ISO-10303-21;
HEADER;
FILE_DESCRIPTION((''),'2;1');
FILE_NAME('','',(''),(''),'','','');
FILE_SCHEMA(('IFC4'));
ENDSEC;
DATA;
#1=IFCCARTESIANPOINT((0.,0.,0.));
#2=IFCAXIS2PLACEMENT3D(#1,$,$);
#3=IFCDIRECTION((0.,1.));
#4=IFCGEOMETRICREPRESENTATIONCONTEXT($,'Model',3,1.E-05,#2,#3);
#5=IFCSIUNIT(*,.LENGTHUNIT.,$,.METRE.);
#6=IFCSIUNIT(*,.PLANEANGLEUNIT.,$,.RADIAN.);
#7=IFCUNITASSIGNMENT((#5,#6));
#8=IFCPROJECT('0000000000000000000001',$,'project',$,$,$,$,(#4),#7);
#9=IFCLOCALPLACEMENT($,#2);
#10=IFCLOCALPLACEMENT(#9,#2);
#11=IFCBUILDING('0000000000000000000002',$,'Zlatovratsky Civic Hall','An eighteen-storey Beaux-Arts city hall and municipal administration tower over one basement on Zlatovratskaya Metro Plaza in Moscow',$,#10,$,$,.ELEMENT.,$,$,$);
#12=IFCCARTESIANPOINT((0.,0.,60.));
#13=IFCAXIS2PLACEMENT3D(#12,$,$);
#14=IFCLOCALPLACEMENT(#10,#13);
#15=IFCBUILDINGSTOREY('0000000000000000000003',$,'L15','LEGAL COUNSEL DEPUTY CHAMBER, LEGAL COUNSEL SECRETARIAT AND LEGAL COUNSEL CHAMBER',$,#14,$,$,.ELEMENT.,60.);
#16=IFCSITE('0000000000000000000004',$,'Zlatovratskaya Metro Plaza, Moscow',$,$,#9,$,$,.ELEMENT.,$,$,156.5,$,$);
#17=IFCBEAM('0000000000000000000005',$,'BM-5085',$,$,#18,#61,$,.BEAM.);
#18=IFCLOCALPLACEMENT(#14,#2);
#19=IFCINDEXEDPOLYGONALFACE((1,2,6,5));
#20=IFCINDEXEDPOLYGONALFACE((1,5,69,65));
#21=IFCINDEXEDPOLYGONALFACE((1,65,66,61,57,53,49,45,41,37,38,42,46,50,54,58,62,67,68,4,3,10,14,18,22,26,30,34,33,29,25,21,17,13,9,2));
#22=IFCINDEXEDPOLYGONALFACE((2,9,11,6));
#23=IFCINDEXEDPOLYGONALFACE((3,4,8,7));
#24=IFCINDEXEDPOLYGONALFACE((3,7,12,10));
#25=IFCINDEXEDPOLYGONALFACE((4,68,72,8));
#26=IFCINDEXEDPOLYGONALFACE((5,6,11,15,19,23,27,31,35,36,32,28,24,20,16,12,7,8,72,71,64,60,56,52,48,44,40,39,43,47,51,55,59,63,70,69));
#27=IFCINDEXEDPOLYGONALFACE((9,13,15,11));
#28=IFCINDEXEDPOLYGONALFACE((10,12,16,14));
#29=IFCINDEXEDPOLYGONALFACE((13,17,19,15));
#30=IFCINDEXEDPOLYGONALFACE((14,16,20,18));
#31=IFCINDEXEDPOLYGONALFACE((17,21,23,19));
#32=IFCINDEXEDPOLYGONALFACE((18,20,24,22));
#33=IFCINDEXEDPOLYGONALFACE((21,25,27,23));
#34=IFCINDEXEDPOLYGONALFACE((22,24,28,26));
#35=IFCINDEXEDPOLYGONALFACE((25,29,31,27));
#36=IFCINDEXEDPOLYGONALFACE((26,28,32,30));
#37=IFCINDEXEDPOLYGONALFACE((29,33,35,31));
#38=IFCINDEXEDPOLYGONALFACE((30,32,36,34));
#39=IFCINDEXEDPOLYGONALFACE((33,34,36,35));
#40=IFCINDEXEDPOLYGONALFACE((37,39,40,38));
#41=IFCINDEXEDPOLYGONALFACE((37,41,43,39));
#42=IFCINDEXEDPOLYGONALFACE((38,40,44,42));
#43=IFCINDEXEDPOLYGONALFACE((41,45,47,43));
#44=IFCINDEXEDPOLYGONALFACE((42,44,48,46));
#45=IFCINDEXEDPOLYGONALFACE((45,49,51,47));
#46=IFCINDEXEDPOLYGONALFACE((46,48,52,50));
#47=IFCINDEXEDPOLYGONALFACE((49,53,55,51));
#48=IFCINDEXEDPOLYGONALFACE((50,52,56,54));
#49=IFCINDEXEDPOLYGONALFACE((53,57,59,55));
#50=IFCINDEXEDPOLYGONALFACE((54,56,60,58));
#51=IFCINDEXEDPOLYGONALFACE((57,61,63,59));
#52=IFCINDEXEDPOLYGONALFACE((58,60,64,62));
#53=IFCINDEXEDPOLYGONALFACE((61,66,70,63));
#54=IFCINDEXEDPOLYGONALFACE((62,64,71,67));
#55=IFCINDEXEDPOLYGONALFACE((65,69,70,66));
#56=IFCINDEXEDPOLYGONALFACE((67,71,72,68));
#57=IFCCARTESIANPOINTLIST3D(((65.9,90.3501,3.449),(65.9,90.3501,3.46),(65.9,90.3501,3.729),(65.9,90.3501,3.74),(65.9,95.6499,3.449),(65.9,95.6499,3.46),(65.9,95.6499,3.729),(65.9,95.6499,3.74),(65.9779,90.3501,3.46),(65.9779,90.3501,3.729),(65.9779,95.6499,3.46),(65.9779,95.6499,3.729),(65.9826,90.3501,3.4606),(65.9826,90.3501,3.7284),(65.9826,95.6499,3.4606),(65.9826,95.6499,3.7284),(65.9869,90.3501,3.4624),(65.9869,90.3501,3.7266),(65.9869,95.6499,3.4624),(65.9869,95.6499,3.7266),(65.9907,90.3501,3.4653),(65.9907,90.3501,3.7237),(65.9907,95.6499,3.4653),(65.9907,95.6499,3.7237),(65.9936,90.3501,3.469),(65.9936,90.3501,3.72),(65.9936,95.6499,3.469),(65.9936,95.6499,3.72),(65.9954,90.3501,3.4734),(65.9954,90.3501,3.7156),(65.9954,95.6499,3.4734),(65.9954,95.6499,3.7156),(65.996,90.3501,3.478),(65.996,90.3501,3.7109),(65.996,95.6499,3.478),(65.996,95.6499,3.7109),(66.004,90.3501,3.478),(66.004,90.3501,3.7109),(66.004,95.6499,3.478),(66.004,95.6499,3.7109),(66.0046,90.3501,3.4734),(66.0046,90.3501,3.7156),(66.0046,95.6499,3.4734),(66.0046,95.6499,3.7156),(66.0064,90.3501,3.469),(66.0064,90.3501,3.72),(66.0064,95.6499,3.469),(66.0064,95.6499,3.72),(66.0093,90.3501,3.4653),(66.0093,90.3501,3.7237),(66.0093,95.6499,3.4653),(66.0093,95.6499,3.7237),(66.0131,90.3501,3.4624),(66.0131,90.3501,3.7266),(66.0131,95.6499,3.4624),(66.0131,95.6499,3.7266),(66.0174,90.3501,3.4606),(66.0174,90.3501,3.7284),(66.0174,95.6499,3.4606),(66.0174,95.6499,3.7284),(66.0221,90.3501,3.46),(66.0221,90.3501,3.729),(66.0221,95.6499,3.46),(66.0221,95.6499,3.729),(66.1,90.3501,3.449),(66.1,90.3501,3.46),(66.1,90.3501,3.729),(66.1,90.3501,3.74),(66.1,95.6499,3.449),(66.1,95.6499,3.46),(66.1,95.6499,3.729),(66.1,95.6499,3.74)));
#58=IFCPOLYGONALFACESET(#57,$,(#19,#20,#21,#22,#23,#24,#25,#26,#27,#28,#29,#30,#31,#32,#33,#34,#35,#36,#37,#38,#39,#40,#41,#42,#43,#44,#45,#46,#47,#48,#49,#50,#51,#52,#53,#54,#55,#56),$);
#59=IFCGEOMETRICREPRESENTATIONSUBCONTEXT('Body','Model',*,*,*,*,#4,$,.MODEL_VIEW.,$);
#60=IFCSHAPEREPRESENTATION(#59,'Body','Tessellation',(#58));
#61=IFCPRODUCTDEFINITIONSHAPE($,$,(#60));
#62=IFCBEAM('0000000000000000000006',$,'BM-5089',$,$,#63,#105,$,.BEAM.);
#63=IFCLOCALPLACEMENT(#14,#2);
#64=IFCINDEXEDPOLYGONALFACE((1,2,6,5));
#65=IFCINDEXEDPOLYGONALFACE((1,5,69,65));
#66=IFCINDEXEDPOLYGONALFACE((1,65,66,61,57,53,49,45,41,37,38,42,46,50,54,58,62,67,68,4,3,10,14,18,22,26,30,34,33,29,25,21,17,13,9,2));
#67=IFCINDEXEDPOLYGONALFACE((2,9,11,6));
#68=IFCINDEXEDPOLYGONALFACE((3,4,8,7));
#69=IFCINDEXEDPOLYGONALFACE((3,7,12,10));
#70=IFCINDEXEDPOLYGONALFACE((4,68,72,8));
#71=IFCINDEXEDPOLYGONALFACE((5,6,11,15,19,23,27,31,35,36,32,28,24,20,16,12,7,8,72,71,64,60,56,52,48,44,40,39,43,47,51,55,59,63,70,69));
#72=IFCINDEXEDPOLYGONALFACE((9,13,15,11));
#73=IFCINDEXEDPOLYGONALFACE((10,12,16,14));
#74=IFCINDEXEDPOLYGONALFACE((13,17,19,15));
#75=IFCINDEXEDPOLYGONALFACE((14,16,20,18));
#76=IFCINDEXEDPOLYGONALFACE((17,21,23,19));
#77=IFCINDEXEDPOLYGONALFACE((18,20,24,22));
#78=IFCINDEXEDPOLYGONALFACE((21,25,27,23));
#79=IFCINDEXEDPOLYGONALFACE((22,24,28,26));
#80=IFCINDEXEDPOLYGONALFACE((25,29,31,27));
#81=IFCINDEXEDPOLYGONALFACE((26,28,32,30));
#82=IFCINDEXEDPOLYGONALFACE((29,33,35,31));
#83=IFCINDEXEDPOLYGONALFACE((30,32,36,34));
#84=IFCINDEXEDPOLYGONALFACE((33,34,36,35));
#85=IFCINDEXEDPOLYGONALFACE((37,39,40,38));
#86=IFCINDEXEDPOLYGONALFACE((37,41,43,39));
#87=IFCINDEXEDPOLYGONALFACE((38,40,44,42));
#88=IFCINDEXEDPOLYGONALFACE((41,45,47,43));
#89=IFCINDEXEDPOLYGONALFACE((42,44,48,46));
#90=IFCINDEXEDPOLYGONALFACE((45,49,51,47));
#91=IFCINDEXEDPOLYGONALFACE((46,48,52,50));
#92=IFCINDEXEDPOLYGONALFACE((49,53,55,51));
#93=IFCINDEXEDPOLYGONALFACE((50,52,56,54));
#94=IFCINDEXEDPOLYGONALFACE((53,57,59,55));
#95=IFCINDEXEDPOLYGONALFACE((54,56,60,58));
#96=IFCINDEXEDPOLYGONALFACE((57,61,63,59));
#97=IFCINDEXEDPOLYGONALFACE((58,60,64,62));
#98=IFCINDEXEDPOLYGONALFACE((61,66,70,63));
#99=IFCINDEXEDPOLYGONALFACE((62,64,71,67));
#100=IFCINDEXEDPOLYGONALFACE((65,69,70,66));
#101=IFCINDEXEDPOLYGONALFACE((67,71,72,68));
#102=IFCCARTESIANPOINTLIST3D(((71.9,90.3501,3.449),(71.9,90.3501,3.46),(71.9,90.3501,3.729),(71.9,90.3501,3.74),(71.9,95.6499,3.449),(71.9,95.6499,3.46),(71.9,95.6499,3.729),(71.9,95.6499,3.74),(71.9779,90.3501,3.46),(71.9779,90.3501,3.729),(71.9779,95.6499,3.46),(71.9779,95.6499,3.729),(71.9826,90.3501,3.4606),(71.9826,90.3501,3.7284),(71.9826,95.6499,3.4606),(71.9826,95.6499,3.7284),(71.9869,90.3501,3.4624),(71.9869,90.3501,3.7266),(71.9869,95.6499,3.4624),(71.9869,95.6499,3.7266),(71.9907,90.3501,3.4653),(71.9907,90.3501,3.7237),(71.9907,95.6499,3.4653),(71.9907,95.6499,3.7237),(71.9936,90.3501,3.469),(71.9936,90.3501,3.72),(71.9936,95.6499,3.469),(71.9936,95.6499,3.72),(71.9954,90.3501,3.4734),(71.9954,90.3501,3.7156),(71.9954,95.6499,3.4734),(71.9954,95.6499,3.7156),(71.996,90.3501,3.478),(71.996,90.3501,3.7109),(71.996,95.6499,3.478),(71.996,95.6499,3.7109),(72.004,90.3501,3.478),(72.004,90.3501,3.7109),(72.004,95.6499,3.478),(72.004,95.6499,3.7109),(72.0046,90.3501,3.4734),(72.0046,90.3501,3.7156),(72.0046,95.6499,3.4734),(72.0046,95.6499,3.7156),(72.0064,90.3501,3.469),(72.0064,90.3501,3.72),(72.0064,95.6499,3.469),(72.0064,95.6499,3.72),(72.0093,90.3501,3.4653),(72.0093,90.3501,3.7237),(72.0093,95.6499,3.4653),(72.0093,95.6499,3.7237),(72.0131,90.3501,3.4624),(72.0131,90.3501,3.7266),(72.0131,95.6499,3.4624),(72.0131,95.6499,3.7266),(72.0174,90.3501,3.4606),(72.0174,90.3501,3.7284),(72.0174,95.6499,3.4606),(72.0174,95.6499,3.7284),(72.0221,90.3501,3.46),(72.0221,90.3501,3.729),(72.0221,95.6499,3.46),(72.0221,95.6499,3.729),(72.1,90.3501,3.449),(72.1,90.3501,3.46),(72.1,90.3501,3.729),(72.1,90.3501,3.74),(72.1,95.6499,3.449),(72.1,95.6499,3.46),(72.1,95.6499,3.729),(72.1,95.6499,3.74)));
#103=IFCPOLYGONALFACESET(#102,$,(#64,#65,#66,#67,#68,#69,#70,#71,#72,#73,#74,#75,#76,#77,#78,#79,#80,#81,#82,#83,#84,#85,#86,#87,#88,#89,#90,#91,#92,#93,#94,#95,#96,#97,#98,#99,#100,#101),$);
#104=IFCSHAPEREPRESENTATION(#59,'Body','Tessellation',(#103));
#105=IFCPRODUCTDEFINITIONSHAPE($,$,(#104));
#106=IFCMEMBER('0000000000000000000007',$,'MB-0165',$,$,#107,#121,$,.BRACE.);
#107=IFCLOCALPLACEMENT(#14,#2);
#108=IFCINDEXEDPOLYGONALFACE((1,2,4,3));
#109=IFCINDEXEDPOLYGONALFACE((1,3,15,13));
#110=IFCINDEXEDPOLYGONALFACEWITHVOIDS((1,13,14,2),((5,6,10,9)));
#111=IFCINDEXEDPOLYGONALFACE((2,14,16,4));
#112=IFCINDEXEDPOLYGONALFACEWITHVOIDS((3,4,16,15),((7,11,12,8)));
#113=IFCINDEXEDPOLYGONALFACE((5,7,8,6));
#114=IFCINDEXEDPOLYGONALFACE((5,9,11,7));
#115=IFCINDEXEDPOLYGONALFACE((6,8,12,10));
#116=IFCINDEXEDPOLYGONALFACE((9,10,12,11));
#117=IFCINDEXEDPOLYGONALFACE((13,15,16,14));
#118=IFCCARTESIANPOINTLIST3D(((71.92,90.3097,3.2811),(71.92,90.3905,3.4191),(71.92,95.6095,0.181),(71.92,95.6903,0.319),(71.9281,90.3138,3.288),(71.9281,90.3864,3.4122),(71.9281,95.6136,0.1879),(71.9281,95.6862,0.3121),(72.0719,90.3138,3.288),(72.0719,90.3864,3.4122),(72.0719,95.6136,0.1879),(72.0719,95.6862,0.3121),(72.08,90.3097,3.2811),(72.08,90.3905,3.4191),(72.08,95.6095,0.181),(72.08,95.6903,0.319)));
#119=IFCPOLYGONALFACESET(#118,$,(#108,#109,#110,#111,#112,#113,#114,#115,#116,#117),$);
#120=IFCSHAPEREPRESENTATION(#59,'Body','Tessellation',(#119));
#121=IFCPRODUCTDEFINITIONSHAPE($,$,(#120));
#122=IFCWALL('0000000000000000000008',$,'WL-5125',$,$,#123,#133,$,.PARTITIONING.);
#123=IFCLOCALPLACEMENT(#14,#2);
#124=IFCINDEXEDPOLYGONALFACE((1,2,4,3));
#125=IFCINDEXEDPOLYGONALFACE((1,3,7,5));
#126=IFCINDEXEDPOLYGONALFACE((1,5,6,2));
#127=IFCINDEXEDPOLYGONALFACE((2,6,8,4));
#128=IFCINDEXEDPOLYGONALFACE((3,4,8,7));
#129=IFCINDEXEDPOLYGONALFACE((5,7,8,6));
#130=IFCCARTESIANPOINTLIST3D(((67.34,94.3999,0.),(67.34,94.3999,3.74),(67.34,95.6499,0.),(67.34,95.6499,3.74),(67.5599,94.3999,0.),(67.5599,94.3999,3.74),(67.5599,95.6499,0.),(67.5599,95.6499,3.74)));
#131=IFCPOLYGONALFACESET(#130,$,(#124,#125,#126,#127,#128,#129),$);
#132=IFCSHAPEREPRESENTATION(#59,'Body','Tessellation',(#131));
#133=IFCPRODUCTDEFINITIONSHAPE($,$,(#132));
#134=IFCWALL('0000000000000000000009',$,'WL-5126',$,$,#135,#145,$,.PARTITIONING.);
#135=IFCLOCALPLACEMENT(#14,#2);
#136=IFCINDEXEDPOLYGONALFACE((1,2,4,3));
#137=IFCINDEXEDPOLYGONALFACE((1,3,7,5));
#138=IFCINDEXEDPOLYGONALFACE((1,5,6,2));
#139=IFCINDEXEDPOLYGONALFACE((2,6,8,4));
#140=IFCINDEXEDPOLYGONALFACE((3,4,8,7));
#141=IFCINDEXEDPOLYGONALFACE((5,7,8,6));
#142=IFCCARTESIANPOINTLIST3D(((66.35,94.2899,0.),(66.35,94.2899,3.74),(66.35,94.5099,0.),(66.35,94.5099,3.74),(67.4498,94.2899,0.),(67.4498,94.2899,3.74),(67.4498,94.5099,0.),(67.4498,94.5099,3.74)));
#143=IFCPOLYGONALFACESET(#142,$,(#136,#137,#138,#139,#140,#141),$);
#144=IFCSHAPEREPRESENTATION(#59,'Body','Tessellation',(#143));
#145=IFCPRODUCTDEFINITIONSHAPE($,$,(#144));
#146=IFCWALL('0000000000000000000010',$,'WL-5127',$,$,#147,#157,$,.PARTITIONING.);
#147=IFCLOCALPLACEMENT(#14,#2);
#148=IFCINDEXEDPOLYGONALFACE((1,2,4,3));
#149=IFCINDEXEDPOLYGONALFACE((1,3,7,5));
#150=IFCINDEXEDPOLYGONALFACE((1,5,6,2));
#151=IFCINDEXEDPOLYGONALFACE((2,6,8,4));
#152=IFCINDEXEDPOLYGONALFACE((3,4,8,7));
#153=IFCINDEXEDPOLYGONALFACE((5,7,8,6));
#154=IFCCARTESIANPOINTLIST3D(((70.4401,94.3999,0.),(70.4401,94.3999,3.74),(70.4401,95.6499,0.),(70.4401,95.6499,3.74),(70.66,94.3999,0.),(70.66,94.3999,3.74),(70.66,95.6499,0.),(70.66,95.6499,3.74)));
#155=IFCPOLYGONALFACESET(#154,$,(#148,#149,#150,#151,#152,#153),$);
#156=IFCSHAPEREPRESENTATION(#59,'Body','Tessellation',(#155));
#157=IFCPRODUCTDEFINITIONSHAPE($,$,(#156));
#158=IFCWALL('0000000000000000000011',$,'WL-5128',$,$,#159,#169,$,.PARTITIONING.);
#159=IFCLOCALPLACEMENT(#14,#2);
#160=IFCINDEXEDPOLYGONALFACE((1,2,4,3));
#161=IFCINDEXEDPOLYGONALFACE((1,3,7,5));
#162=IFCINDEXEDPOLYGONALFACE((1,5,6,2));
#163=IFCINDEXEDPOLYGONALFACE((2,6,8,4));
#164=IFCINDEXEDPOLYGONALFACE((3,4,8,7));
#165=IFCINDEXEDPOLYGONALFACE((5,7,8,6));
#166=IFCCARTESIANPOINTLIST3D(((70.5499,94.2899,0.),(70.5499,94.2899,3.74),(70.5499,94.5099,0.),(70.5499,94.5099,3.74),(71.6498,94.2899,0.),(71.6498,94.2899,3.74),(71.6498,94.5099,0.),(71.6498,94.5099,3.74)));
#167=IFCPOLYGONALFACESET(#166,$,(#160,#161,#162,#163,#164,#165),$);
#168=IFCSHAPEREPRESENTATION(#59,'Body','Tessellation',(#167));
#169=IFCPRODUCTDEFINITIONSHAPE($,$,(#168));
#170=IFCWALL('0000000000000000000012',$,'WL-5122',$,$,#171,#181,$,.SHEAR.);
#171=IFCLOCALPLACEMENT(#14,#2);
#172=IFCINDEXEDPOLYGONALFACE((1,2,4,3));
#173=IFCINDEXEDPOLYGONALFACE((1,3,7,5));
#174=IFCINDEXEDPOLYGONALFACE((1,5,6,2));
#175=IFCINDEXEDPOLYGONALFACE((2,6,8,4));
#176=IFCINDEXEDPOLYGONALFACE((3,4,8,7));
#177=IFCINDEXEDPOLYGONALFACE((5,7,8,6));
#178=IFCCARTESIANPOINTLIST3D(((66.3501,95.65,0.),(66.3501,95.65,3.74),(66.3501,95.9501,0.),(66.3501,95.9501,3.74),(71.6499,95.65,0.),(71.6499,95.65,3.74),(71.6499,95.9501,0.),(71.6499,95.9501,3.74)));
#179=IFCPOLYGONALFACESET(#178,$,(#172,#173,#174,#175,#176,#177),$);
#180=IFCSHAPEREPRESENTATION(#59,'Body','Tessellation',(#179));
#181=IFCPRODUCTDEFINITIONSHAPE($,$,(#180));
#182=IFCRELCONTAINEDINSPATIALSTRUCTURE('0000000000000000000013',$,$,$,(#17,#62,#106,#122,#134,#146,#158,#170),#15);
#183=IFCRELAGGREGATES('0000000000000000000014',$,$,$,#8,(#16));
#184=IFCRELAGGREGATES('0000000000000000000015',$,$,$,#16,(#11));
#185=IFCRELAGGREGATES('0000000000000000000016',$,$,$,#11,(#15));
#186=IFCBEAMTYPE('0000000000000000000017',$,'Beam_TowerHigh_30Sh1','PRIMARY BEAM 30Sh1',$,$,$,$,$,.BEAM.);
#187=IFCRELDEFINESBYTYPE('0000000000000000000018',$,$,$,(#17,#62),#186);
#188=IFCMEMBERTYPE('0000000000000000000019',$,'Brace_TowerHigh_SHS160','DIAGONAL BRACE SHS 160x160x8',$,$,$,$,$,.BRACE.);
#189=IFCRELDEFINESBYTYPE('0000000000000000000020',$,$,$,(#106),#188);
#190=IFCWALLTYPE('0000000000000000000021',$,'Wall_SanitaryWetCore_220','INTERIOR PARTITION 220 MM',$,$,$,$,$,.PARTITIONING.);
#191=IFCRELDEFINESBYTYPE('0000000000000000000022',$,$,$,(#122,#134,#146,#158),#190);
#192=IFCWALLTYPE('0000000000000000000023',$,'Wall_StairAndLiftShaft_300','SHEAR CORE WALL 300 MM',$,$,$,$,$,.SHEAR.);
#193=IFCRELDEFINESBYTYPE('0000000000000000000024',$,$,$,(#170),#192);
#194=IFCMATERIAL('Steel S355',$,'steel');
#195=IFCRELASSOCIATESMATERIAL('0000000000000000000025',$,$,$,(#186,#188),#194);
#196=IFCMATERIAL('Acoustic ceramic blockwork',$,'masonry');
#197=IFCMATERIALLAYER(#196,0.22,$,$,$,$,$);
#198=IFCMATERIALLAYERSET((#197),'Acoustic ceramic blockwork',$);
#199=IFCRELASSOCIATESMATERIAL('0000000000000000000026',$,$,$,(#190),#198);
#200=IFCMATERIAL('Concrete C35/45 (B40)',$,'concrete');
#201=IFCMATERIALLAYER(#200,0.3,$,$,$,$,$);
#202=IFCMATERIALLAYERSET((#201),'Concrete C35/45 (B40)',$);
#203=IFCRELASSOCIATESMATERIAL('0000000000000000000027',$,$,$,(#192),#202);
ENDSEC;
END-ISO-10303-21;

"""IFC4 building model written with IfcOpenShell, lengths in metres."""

from ifc_helpers import new_model, si_unit, direction, frame, frame_2d, origin, origin_2d, place, context, subcontext, project, spatial, rectangle, hollow_rectangle, i_section, extrude, material, layer, layer_set, material_profile, profile_set, type_object, element, save


model = new_model("IFC4")

# Units and contexts
model_context = context("Model", 3, precision=1e-05, world=origin(), true_north=direction((0.0, 1.0)))
body_context = subcontext(model_context, "Body", "Model", "MODEL_VIEW")
ifc_project = project(units=[si_unit("LENGTHUNIT", "METRE"), si_unit("PLANEANGLEUNIT", "RADIAN")], contexts=[model_context])

# Site, building, storey
site_placement = place(None, origin())
site = spatial("IfcSite", under=ifc_project, at=site_placement, Name="Zlatovratskaya Metro Plaza, Moscow", CompositionType="ELEMENT", RefElevation=156.5)
building_placement = place(site_placement, origin())
building = spatial("IfcBuilding", under=site, at=building_placement, Name="Zlatovratsky Civic Hall", Description="An eighteen-storey Beaux-Arts city hall and municipal administration tower over one basement on Zlatovratskaya Metro Plaza in Moscow", CompositionType="ELEMENT")
storey_placement = place(building_placement, frame((0.0, 0.0, 60.0)))
storey = spatial("IfcBuildingStorey", under=building, at=storey_placement, Name="L15", Description="LEGAL COUNSEL DEPUTY CHAMBER, LEGAL COUNSEL SECRETARIAT AND LEGAL COUNSEL CHAMBER", CompositionType="ELEMENT", Elevation=60.0)

# Shared definitions
ifc_material_1 = material(Name="Concrete C35/45 (B40)", Category="concrete")

# Beams
ifc_material_2 = material(Name="Steel S355", Category="steel")
ifc_material_profile_1 = material_profile(ifc_material_2, i_section(OverallWidth=0.2, OverallDepth=0.291, WebThickness=0.0081, FlangeThickness=0.011, FilletRadius=0.0181, at=origin_2d()), Name="30Sh1")
ifc_profile_set_1 = profile_set([ifc_material_profile_1], Name="Steel S355")
beam_type_1 = type_object("IfcBeamType", Name="Beam_TowerHigh_30Sh1", Description="PRIMARY BEAM 30Sh1", PredefinedType="BEAM", material=ifc_profile_set_1)
for number, where, z_axis, x_axis, name in (
    (1, (66.0, 90.3501, 3.5945), (0.0, 1.0, 0.0), (-1.0, 0.0, 0.0), "BM-5085"),
    (2, (72.0, 90.3501, 3.5945), (0.0, 1.0, 0.0), (-1.0, 0.0, 0.0), "BM-5089"),
):
    element("IfcBeam", number, at=place(storey_placement, frame(where, z_axis=z_axis, x_axis=x_axis)), inside=storey, type_object=beam_type_1, Name=name, PredefinedType="BEAM", context=body_context, shape_type="SweptSolid", body=[
        extrude(i_section(OverallWidth=0.2, OverallDepth=0.291, WebThickness=0.0081, FlangeThickness=0.011, FilletRadius=0.0181, at=origin_2d()), origin(), (0.0, 0.0, 1.0), 5.2998),
    ])

# Member
ifc_material_profile_2 = material_profile(ifc_material_2, hollow_rectangle(XDim=0.1599, YDim=0.1599, WallThickness=0.0081, at=origin_2d()), Name="SHS 160x160x8")
ifc_profile_set_2 = profile_set([ifc_material_profile_2], Name="Steel S355")
member_type = type_object("IfcMemberType", Name="Brace_TowerHigh_SHS160", Description="DIAGONAL BRACE SHS 160x160x8", PredefinedType="BRACE", material=ifc_profile_set_2)
member_placement = place(storey_placement, frame((72.0, 90.3501, 3.3501), z_axis=(0.0, 0.863173, -0.504909), x_axis=(-1.0, 0.0, 0.0)))
element("IfcMember", 3, at=member_placement, inside=storey, type_object=member_type, Name="MB-0165", PredefinedType="BRACE", context=body_context, shape_type="SweptSolid", body=[
    extrude(hollow_rectangle(XDim=0.1599, YDim=0.1599, WallThickness=0.0081, at=origin_2d()), origin(), (0.0, 0.0, 1.0), 6.1399),
])

# Walls
ifc_material_3 = material(Name="Acoustic ceramic blockwork", Category="masonry")
ifc_layer_1 = layer(ifc_material_3, 0.22)
ifc_layer_set_1 = layer_set([ifc_layer_1], Name="Acoustic ceramic blockwork")
wall_type_1 = type_object("IfcWallType", Name="Wall_SanitaryWetCore_220", Description="INTERIOR PARTITION 220 MM", PredefinedType="PARTITIONING", material=ifc_layer_set_1)
wall_1_placement = place(storey_placement, frame((67.45, 94.3999, 0.0), z_axis=(0.0, 0.0, 1.0), x_axis=(0.0, 1.0, 0.0)))
element("IfcWall", 4, at=wall_1_placement, inside=storey, type_object=wall_type_1, Name="WL-5125", PredefinedType="PARTITIONING", context=body_context, shape_type="SweptSolid", body=[
    extrude(rectangle(XDim=1.25, YDim=0.22, at=frame_2d((0.625, 0.0))), origin(), (0.0, 0.0, 1.0), 3.74),
])
wall_2_placement = place(storey_placement, frame((66.3501, 94.3999, 0.0), z_axis=(0.0, 0.0, 1.0), x_axis=(1.0, 0.0, 0.0)))
element("IfcWall", 5, at=wall_2_placement, inside=storey, type_object=wall_type_1, Name="WL-5126", PredefinedType="PARTITIONING", context=body_context, shape_type="SweptSolid", body=[
    extrude(rectangle(XDim=1.0999, YDim=0.22, at=frame_2d((0.5498, 0.0))), origin(), (0.0, 0.0, 1.0), 3.74),
])
wall_3_placement = place(storey_placement, frame((70.55, 94.3999, 0.0), z_axis=(0.0, 0.0, 1.0), x_axis=(0.0, 1.0, 0.0)))
element("IfcWall", 6, at=wall_3_placement, inside=storey, type_object=wall_type_1, Name="WL-5127", PredefinedType="PARTITIONING", context=body_context, shape_type="SweptSolid", body=[
    extrude(rectangle(XDim=1.25, YDim=0.22, at=frame_2d((0.625, 0.0))), origin(), (0.0, 0.0, 1.0), 3.74),
])
wall_4_placement = place(storey_placement, frame((70.55, 94.3999, 0.0), z_axis=(0.0, 0.0, 1.0), x_axis=(1.0, 0.0, 0.0)))
element("IfcWall", 7, at=wall_4_placement, inside=storey, type_object=wall_type_1, Name="WL-5128", PredefinedType="PARTITIONING", context=body_context, shape_type="SweptSolid", body=[
    extrude(rectangle(XDim=1.0999, YDim=0.22, at=frame_2d((0.5498, 0.0))), origin(), (0.0, 0.0, 1.0), 3.74),
])
ifc_layer_2 = layer(ifc_material_1, 0.3)
ifc_layer_set_2 = layer_set([ifc_layer_2], Name="Concrete C35/45 (B40)")
wall_type_2 = type_object("IfcWallType", Name="Wall_StairAndLiftShaft_300", Description="SHEAR CORE WALL 300 MM", PredefinedType="SHEAR", material=ifc_layer_set_2)
wall_5_placement = place(storey_placement, frame((66.3501, 95.8, 0.0), z_axis=(0.0, 0.0, 1.0), x_axis=(1.0, 0.0, 0.0)))
element("IfcWall", 8, at=wall_5_placement, inside=storey, type_object=wall_type_2, Name="WL-5122", PredefinedType="SHEAR", context=body_context, shape_type="SweptSolid", body=[
    extrude(rectangle(XDim=5.2998, YDim=0.3, at=frame_2d((2.6499, 0.0))), origin(), (0.0, 0.0, 1.0), 3.74),
])

save(model, "model.ifc")
